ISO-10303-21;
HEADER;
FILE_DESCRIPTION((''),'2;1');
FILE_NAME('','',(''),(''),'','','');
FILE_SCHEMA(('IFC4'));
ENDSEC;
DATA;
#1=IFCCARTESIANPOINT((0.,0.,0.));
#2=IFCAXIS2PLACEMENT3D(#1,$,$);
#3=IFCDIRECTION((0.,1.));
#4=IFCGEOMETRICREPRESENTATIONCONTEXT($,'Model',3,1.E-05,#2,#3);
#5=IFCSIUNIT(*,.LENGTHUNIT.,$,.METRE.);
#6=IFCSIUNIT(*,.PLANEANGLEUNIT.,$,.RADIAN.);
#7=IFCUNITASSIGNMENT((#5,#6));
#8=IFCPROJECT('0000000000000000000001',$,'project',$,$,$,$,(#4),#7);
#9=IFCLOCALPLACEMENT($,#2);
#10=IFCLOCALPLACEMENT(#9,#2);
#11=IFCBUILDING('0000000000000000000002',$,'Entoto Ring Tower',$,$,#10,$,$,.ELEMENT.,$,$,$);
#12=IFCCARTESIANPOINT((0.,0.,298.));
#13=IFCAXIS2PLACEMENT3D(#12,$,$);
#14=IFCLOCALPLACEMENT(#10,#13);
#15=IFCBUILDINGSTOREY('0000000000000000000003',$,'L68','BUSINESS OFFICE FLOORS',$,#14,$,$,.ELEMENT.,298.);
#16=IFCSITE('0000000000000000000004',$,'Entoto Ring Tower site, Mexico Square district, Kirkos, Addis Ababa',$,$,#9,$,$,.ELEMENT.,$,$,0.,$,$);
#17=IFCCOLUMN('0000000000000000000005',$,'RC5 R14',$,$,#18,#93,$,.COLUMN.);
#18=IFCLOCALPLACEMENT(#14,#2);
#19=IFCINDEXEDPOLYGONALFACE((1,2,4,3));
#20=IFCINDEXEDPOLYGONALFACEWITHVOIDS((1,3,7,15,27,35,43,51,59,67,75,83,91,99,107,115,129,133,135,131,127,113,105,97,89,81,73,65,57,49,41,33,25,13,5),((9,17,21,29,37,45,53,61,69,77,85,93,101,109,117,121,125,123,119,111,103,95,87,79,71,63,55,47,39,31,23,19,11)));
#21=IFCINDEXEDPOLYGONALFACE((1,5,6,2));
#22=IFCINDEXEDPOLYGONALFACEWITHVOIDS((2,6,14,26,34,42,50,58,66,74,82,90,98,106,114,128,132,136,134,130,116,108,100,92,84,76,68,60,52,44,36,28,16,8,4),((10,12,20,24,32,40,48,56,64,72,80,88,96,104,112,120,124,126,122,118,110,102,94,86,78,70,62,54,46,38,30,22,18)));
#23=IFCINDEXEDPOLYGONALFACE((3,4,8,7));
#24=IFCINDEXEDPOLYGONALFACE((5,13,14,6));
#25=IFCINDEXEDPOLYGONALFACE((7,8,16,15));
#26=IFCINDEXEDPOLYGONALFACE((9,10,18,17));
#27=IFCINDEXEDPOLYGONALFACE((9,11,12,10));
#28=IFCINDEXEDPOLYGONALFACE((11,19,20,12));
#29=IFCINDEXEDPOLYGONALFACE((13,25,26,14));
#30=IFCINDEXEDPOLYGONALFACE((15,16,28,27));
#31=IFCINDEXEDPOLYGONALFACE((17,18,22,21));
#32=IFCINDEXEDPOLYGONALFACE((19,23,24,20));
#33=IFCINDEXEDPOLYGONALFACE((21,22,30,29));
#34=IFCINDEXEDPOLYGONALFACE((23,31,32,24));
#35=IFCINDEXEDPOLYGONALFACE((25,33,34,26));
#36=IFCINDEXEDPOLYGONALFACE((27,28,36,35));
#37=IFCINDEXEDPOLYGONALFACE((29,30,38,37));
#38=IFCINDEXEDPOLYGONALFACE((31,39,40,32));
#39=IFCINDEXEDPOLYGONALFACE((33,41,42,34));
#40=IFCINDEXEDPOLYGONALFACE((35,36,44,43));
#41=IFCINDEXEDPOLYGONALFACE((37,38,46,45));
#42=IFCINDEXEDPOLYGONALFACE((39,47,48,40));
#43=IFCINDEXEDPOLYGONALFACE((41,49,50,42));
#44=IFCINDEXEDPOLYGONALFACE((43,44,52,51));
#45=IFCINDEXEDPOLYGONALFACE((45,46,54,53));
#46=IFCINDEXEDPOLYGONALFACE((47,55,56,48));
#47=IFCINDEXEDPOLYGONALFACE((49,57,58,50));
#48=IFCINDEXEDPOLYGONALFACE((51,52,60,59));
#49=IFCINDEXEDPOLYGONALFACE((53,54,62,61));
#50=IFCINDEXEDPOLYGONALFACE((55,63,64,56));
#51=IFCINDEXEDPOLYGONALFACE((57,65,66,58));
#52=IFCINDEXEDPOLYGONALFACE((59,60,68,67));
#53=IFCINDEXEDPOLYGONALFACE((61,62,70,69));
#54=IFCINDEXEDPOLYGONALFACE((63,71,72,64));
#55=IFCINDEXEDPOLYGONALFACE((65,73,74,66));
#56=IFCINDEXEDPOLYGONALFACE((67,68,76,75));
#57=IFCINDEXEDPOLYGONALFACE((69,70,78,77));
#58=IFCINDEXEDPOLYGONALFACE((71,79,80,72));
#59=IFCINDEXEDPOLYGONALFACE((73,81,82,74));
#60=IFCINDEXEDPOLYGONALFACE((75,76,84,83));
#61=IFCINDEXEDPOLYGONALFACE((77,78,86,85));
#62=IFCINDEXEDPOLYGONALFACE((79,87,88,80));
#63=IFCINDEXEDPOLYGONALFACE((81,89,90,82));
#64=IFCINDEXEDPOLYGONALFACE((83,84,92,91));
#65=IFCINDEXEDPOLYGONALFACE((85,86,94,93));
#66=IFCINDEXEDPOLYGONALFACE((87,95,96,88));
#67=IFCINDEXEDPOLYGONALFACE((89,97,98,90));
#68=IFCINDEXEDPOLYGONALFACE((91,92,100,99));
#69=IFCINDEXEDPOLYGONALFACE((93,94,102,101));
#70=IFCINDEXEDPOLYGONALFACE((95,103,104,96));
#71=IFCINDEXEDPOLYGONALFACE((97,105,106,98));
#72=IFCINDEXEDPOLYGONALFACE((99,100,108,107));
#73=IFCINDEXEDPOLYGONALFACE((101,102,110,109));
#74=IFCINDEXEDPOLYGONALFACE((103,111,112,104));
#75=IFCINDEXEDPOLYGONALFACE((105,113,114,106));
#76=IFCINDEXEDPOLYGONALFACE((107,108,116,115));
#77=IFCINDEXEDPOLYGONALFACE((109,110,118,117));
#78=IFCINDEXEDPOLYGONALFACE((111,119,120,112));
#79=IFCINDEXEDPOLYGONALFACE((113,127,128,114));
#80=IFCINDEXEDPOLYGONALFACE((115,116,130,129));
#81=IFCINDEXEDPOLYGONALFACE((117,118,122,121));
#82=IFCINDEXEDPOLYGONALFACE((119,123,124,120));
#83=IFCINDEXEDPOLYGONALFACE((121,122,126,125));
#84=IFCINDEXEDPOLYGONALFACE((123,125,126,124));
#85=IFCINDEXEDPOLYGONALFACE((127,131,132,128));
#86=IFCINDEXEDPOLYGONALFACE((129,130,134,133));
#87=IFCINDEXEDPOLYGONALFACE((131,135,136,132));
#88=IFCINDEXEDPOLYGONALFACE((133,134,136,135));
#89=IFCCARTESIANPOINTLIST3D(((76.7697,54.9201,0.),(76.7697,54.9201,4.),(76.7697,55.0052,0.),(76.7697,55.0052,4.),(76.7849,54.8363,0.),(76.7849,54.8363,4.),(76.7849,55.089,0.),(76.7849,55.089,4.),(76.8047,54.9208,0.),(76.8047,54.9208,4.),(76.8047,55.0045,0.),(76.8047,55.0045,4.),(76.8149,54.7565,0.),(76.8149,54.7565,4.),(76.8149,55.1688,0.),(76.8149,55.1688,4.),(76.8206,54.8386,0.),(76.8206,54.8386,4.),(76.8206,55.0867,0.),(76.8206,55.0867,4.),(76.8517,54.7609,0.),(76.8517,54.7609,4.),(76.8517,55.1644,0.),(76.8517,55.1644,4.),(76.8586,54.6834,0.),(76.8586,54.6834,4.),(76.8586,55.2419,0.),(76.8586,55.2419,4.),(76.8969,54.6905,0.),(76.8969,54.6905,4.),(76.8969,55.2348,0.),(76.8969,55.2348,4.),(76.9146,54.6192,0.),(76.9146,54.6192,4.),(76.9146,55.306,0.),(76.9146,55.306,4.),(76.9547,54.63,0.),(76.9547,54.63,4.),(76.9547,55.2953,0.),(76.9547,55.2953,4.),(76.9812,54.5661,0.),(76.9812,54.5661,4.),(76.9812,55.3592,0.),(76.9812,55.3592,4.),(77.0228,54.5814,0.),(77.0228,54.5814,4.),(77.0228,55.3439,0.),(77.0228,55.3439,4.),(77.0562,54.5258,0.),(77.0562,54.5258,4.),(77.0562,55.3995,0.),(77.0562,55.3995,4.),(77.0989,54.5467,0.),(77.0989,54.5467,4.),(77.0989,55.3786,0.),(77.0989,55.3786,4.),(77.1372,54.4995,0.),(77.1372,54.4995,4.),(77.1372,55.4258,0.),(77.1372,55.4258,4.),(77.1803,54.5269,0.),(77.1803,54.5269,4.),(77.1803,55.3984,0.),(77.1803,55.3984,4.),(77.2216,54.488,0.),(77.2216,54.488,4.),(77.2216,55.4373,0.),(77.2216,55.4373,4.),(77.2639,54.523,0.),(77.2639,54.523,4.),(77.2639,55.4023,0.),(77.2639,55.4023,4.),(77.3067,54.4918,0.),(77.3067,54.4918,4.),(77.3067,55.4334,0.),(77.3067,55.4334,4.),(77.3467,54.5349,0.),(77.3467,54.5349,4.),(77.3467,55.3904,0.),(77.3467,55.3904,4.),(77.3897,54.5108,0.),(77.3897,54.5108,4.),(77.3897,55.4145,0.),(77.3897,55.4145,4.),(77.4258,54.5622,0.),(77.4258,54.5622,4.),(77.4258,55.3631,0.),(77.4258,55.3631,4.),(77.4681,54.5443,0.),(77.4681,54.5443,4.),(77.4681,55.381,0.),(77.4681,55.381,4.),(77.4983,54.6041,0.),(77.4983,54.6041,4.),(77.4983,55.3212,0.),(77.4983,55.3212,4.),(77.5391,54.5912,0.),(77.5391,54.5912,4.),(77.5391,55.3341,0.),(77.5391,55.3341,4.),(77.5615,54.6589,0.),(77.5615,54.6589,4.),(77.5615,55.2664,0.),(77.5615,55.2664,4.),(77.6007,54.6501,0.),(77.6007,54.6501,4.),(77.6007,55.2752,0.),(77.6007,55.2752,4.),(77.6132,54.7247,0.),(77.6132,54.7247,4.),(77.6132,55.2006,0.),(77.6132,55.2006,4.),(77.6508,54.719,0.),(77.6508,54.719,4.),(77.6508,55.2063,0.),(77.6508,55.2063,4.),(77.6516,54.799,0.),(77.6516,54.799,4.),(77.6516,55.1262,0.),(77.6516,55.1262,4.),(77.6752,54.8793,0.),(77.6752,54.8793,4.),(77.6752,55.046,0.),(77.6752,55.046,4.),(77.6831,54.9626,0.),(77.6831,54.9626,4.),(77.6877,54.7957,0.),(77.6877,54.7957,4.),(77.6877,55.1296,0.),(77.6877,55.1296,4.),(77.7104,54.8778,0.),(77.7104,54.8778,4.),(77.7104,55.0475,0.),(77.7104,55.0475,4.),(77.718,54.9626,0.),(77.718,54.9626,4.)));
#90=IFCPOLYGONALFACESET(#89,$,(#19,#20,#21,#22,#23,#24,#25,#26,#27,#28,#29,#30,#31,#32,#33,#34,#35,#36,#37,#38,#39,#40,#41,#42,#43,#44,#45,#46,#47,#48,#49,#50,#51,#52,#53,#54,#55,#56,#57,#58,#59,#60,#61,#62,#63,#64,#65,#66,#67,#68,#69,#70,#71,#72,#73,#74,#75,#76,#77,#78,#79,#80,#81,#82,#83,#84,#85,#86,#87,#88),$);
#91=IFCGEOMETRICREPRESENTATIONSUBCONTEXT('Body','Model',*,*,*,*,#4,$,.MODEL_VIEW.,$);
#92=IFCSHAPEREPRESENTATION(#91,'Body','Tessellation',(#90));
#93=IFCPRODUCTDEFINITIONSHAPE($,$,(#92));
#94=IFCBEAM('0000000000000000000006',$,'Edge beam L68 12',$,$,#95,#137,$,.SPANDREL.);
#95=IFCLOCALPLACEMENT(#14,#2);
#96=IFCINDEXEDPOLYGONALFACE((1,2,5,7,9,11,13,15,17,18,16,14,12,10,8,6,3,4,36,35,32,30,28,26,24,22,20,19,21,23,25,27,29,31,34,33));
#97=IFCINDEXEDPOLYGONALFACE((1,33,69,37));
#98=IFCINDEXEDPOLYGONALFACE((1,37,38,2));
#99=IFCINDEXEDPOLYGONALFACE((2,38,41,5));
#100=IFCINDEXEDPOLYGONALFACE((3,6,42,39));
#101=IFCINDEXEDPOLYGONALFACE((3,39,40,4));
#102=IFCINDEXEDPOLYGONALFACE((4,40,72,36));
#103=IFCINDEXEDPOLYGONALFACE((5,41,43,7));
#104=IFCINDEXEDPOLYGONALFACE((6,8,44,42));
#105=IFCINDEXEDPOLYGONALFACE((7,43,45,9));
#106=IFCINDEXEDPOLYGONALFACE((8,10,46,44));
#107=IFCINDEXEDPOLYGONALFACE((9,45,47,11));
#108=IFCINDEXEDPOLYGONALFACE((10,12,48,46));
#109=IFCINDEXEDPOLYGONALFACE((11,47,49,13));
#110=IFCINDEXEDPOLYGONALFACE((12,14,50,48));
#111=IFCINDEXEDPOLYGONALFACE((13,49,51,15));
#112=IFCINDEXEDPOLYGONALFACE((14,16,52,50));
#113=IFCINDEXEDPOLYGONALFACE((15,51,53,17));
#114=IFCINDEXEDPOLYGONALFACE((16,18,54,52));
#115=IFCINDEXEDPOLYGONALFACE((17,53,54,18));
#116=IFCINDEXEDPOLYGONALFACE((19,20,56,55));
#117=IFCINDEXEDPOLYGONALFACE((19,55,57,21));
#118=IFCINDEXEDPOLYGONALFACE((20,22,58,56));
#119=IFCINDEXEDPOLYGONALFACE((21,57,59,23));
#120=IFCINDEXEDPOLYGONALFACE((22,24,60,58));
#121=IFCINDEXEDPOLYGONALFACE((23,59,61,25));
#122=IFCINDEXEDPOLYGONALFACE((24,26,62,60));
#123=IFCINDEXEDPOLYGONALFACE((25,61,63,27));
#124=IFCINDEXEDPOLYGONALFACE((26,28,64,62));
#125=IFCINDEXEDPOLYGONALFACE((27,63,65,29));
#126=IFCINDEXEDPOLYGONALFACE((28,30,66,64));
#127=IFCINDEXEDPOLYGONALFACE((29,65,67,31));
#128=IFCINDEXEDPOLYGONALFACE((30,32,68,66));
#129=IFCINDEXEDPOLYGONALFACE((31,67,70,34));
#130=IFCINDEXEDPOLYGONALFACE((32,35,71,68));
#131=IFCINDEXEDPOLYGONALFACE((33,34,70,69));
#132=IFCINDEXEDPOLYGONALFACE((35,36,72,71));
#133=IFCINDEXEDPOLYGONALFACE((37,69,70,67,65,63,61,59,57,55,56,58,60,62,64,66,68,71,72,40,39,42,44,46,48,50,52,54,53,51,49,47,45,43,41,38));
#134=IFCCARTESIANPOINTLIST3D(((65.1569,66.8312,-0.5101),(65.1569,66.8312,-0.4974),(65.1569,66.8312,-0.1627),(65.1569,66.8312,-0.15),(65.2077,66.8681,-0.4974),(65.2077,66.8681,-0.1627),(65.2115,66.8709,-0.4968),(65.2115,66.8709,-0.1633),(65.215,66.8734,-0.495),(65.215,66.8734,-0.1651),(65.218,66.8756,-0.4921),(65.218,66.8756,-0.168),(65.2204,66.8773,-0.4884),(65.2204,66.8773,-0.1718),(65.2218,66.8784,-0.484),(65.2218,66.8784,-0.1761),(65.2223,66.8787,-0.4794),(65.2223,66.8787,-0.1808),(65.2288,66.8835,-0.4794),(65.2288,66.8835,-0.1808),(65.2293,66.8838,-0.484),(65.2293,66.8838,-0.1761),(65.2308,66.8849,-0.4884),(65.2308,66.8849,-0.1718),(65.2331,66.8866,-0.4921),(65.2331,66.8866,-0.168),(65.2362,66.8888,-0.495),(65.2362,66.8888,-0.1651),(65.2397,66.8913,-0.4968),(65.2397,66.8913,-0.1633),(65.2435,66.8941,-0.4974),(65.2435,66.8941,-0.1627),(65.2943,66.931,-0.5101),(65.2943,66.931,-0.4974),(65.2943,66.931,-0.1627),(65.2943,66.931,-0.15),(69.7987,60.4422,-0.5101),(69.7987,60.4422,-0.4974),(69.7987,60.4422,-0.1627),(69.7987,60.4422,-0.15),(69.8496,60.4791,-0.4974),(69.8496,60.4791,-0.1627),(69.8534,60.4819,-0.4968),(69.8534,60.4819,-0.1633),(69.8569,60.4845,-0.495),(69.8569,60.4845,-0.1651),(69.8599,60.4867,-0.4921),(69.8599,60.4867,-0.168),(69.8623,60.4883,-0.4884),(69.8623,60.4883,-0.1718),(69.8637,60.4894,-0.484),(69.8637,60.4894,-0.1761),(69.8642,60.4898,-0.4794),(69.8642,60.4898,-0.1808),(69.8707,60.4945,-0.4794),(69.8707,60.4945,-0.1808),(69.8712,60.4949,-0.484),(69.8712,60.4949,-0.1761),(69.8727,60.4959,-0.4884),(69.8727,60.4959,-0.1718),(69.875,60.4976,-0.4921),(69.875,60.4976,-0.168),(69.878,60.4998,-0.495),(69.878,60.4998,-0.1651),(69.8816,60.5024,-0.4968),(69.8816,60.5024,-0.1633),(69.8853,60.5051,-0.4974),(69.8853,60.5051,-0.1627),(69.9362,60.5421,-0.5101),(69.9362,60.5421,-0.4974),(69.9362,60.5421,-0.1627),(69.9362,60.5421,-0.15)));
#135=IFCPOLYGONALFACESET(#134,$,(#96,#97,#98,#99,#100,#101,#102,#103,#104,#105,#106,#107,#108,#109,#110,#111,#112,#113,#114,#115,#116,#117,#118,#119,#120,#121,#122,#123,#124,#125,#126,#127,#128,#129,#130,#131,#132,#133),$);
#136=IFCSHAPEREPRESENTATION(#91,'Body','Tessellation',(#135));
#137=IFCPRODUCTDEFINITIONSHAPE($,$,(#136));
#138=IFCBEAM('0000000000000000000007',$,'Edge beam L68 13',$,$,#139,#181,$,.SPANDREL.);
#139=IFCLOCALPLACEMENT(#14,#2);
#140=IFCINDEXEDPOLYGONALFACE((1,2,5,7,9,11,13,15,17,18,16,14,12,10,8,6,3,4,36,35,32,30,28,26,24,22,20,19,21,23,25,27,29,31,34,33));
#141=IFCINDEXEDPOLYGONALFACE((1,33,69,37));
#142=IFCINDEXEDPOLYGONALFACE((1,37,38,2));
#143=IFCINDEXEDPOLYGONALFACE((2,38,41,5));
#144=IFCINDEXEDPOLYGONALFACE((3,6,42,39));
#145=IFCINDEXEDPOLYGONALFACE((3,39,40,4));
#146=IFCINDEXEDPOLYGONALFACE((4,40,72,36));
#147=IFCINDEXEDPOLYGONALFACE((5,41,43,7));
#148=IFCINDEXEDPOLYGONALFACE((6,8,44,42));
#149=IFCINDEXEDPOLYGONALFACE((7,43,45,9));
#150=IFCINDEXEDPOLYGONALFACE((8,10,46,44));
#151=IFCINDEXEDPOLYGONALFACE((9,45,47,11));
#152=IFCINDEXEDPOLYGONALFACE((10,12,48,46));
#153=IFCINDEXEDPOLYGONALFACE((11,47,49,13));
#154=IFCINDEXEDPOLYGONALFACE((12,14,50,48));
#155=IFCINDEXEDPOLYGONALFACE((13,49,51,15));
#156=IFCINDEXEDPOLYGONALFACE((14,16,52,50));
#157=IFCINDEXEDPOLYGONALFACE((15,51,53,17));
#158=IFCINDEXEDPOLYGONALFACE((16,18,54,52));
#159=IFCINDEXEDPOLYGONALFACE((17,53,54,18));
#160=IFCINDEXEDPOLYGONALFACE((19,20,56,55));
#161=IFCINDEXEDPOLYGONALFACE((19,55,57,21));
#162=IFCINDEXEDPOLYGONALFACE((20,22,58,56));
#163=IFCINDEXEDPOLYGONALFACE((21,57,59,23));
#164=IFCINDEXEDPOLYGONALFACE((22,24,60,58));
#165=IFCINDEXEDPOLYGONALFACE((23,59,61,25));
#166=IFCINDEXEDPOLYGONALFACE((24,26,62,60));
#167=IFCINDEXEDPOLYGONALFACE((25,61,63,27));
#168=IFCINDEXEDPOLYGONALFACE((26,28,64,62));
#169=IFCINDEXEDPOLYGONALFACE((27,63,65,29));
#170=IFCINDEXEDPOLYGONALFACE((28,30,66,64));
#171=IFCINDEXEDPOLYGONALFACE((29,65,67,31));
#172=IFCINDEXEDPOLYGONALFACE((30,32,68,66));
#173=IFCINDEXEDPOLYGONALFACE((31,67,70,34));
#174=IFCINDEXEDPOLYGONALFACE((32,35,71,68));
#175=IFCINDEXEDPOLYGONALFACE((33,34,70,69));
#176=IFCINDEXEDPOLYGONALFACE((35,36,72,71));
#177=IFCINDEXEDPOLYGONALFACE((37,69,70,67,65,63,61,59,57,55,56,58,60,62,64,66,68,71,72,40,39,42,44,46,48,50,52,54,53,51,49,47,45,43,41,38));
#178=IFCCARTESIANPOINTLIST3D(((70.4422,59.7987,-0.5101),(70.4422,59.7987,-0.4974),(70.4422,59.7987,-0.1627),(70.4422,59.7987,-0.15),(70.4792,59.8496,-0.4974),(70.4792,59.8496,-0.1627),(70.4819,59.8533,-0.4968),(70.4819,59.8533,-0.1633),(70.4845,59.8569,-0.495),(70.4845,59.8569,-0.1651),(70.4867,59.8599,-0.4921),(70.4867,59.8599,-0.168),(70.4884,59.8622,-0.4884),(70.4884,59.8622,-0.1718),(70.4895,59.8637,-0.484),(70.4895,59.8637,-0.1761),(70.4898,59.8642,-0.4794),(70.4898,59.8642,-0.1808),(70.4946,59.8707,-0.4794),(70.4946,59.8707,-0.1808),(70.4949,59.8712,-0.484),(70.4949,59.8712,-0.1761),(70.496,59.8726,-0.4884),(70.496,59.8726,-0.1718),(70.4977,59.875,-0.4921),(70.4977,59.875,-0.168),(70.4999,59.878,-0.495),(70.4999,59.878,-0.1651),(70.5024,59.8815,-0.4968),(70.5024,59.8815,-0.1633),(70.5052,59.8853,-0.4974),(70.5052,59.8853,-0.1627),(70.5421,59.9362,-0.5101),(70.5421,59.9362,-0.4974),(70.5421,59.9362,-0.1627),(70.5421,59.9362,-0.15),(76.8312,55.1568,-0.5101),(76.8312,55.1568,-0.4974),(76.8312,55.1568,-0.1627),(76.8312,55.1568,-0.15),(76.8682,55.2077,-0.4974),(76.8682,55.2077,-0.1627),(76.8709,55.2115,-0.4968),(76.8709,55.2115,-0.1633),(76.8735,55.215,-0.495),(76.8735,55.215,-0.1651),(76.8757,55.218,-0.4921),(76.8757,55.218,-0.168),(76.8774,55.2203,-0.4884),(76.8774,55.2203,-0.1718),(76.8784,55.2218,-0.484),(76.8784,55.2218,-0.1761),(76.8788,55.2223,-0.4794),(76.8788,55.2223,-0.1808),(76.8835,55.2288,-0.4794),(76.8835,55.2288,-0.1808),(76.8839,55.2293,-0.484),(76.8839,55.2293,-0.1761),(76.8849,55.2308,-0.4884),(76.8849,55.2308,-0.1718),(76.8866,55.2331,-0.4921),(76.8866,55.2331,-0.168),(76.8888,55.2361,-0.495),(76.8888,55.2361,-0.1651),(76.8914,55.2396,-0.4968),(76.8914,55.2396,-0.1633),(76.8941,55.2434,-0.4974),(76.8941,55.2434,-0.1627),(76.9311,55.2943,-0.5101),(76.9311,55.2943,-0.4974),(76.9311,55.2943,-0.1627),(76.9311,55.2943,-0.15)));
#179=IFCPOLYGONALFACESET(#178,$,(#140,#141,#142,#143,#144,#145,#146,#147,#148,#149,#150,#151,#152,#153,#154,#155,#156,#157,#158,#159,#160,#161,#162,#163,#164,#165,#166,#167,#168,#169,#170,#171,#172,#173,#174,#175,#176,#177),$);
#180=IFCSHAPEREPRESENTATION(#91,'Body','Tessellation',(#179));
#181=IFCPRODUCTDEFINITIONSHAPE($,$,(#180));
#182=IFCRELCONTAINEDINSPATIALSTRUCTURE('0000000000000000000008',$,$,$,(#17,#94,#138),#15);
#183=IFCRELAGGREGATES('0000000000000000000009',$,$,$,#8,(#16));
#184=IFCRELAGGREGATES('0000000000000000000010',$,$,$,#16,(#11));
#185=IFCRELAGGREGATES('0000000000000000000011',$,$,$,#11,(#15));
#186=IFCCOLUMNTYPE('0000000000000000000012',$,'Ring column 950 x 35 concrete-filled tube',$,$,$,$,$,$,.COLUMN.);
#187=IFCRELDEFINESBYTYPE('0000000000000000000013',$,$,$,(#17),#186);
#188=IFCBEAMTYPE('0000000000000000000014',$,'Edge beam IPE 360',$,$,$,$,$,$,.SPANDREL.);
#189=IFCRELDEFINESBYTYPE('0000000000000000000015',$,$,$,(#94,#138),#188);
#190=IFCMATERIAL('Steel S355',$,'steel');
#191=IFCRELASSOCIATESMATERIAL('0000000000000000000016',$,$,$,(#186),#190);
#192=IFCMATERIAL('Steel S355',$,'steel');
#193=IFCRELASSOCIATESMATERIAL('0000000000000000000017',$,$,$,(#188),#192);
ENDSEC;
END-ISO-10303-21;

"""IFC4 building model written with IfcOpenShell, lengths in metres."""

from ifc_helpers import new_model, si_unit, direction, frame, origin, origin_2d, place, context, subcontext, project, spatial, circle, hollow_circle, i_section, extrude, material, material_profile, profile_set, type_object, element, save


model = new_model("IFC4")

# Units and contexts
model_context = context("Model", 3, precision=1e-05, world=origin(), true_north=direction((0.0, 1.0)))
body_context = subcontext(model_context, "Body", "Model", "MODEL_VIEW")
ifc_project = project(units=[si_unit("LENGTHUNIT", "METRE"), si_unit("PLANEANGLEUNIT", "RADIAN")], contexts=[model_context])

# Site, building, storey
site_placement = place(None, origin())
site = spatial("IfcSite", under=ifc_project, at=site_placement, Name="Entoto Ring Tower site, Mexico Square district, Kirkos, Addis Ababa", CompositionType="ELEMENT", RefElevation=0.0)
building_placement = place(site_placement, origin())
building = spatial("IfcBuilding", under=site, at=building_placement, Name="Entoto Ring Tower", CompositionType="ELEMENT")
storey_placement = place(building_placement, frame((0.0, 0.0, 298.0)))
storey = spatial("IfcBuildingStorey", under=building, at=storey_placement, Name="L68", Description="BUSINESS OFFICE FLOORS", CompositionType="ELEMENT", Elevation=298.0)

# Column
ifc_material_1 = material(Name="Steel S355", Category="steel")
ifc_material_profile_1 = material_profile(ifc_material_1, hollow_circle(Radius=0.4751, WallThickness=0.0349, at=origin_2d()), Name="CHS 950 x 35")
ifc_material_2 = material(Name="Concrete C60/75", Category="concrete")
ifc_material_profile_2 = material_profile(ifc_material_2, circle(Radius=0.4399, at=origin_2d()), Name="Concrete C60/75 infill")
ifc_profile_set_1 = profile_set([ifc_material_profile_1, ifc_material_profile_2], Name="Steel S355")
column_type = type_object("IfcColumnType", Name="Ring column 950 x 35 concrete-filled tube", PredefinedType="COLUMN", material=ifc_profile_set_1)
for number, where, z_axis, x_axis, name in (
    (1, (77.2429, 54.9626, 0.0), (0.0, 0.0, 1.0), (1.0, 0.0, 0.0), "RC5 R14"),
):
    element("IfcColumn", number, at=place(storey_placement, frame(where, z_axis=z_axis, x_axis=x_axis)), inside=storey, type_object=column_type, Name=name, PredefinedType="COLUMN", context=body_context, shape_type="SweptSolid", body=[
        extrude(hollow_circle(Radius=0.4751, WallThickness=0.0349, at=origin_2d()), origin(), (0.0, 0.0, 1.0), 4.0),
    ])

# Beams
ifc_material_3 = material(Name="Steel S355", Category="steel")
ifc_material_profile_3 = material_profile(ifc_material_3, i_section(OverallWidth=0.1699, OverallDepth=0.3601, WebThickness=0.0081, FlangeThickness=0.0127, FilletRadius=0.0181, at=origin_2d()), Name="IPE 360")
ifc_profile_set_2 = profile_set([ifc_material_profile_3], Name="Steel S355")
beam_type_1 = type_object("IfcBeamType", Name="Edge beam IPE 360", PredefinedType="SPANDREL", material=ifc_profile_set_2)
for number, where, z_axis, x_axis, name in (
    (2, (65.2256, 66.8811, -0.3301), (0.587787, -0.809015, 0.0), (0.809015, 0.587787, 0.0), "Edge beam L68 12"),
    (3, (70.4922, 59.8674, -0.3301), (0.809015, -0.587787, 0.0), (0.587787, 0.809015, 0.0), "Edge beam L68 13"),
):
    element("IfcBeam", number, at=place(storey_placement, frame(where, z_axis=z_axis, x_axis=x_axis)), inside=storey, type_object=beam_type_1, Name=name, PredefinedType="SPANDREL", context=body_context, shape_type="SweptSolid", body=[
        extrude(i_section(OverallWidth=0.1699, OverallDepth=0.3601, WebThickness=0.0081, FlangeThickness=0.0127, FilletRadius=0.0181, at=origin_2d()), origin(), (0.0, 0.0, 1.0), 7.8972),
    ])

save(model, "model.ifc")
